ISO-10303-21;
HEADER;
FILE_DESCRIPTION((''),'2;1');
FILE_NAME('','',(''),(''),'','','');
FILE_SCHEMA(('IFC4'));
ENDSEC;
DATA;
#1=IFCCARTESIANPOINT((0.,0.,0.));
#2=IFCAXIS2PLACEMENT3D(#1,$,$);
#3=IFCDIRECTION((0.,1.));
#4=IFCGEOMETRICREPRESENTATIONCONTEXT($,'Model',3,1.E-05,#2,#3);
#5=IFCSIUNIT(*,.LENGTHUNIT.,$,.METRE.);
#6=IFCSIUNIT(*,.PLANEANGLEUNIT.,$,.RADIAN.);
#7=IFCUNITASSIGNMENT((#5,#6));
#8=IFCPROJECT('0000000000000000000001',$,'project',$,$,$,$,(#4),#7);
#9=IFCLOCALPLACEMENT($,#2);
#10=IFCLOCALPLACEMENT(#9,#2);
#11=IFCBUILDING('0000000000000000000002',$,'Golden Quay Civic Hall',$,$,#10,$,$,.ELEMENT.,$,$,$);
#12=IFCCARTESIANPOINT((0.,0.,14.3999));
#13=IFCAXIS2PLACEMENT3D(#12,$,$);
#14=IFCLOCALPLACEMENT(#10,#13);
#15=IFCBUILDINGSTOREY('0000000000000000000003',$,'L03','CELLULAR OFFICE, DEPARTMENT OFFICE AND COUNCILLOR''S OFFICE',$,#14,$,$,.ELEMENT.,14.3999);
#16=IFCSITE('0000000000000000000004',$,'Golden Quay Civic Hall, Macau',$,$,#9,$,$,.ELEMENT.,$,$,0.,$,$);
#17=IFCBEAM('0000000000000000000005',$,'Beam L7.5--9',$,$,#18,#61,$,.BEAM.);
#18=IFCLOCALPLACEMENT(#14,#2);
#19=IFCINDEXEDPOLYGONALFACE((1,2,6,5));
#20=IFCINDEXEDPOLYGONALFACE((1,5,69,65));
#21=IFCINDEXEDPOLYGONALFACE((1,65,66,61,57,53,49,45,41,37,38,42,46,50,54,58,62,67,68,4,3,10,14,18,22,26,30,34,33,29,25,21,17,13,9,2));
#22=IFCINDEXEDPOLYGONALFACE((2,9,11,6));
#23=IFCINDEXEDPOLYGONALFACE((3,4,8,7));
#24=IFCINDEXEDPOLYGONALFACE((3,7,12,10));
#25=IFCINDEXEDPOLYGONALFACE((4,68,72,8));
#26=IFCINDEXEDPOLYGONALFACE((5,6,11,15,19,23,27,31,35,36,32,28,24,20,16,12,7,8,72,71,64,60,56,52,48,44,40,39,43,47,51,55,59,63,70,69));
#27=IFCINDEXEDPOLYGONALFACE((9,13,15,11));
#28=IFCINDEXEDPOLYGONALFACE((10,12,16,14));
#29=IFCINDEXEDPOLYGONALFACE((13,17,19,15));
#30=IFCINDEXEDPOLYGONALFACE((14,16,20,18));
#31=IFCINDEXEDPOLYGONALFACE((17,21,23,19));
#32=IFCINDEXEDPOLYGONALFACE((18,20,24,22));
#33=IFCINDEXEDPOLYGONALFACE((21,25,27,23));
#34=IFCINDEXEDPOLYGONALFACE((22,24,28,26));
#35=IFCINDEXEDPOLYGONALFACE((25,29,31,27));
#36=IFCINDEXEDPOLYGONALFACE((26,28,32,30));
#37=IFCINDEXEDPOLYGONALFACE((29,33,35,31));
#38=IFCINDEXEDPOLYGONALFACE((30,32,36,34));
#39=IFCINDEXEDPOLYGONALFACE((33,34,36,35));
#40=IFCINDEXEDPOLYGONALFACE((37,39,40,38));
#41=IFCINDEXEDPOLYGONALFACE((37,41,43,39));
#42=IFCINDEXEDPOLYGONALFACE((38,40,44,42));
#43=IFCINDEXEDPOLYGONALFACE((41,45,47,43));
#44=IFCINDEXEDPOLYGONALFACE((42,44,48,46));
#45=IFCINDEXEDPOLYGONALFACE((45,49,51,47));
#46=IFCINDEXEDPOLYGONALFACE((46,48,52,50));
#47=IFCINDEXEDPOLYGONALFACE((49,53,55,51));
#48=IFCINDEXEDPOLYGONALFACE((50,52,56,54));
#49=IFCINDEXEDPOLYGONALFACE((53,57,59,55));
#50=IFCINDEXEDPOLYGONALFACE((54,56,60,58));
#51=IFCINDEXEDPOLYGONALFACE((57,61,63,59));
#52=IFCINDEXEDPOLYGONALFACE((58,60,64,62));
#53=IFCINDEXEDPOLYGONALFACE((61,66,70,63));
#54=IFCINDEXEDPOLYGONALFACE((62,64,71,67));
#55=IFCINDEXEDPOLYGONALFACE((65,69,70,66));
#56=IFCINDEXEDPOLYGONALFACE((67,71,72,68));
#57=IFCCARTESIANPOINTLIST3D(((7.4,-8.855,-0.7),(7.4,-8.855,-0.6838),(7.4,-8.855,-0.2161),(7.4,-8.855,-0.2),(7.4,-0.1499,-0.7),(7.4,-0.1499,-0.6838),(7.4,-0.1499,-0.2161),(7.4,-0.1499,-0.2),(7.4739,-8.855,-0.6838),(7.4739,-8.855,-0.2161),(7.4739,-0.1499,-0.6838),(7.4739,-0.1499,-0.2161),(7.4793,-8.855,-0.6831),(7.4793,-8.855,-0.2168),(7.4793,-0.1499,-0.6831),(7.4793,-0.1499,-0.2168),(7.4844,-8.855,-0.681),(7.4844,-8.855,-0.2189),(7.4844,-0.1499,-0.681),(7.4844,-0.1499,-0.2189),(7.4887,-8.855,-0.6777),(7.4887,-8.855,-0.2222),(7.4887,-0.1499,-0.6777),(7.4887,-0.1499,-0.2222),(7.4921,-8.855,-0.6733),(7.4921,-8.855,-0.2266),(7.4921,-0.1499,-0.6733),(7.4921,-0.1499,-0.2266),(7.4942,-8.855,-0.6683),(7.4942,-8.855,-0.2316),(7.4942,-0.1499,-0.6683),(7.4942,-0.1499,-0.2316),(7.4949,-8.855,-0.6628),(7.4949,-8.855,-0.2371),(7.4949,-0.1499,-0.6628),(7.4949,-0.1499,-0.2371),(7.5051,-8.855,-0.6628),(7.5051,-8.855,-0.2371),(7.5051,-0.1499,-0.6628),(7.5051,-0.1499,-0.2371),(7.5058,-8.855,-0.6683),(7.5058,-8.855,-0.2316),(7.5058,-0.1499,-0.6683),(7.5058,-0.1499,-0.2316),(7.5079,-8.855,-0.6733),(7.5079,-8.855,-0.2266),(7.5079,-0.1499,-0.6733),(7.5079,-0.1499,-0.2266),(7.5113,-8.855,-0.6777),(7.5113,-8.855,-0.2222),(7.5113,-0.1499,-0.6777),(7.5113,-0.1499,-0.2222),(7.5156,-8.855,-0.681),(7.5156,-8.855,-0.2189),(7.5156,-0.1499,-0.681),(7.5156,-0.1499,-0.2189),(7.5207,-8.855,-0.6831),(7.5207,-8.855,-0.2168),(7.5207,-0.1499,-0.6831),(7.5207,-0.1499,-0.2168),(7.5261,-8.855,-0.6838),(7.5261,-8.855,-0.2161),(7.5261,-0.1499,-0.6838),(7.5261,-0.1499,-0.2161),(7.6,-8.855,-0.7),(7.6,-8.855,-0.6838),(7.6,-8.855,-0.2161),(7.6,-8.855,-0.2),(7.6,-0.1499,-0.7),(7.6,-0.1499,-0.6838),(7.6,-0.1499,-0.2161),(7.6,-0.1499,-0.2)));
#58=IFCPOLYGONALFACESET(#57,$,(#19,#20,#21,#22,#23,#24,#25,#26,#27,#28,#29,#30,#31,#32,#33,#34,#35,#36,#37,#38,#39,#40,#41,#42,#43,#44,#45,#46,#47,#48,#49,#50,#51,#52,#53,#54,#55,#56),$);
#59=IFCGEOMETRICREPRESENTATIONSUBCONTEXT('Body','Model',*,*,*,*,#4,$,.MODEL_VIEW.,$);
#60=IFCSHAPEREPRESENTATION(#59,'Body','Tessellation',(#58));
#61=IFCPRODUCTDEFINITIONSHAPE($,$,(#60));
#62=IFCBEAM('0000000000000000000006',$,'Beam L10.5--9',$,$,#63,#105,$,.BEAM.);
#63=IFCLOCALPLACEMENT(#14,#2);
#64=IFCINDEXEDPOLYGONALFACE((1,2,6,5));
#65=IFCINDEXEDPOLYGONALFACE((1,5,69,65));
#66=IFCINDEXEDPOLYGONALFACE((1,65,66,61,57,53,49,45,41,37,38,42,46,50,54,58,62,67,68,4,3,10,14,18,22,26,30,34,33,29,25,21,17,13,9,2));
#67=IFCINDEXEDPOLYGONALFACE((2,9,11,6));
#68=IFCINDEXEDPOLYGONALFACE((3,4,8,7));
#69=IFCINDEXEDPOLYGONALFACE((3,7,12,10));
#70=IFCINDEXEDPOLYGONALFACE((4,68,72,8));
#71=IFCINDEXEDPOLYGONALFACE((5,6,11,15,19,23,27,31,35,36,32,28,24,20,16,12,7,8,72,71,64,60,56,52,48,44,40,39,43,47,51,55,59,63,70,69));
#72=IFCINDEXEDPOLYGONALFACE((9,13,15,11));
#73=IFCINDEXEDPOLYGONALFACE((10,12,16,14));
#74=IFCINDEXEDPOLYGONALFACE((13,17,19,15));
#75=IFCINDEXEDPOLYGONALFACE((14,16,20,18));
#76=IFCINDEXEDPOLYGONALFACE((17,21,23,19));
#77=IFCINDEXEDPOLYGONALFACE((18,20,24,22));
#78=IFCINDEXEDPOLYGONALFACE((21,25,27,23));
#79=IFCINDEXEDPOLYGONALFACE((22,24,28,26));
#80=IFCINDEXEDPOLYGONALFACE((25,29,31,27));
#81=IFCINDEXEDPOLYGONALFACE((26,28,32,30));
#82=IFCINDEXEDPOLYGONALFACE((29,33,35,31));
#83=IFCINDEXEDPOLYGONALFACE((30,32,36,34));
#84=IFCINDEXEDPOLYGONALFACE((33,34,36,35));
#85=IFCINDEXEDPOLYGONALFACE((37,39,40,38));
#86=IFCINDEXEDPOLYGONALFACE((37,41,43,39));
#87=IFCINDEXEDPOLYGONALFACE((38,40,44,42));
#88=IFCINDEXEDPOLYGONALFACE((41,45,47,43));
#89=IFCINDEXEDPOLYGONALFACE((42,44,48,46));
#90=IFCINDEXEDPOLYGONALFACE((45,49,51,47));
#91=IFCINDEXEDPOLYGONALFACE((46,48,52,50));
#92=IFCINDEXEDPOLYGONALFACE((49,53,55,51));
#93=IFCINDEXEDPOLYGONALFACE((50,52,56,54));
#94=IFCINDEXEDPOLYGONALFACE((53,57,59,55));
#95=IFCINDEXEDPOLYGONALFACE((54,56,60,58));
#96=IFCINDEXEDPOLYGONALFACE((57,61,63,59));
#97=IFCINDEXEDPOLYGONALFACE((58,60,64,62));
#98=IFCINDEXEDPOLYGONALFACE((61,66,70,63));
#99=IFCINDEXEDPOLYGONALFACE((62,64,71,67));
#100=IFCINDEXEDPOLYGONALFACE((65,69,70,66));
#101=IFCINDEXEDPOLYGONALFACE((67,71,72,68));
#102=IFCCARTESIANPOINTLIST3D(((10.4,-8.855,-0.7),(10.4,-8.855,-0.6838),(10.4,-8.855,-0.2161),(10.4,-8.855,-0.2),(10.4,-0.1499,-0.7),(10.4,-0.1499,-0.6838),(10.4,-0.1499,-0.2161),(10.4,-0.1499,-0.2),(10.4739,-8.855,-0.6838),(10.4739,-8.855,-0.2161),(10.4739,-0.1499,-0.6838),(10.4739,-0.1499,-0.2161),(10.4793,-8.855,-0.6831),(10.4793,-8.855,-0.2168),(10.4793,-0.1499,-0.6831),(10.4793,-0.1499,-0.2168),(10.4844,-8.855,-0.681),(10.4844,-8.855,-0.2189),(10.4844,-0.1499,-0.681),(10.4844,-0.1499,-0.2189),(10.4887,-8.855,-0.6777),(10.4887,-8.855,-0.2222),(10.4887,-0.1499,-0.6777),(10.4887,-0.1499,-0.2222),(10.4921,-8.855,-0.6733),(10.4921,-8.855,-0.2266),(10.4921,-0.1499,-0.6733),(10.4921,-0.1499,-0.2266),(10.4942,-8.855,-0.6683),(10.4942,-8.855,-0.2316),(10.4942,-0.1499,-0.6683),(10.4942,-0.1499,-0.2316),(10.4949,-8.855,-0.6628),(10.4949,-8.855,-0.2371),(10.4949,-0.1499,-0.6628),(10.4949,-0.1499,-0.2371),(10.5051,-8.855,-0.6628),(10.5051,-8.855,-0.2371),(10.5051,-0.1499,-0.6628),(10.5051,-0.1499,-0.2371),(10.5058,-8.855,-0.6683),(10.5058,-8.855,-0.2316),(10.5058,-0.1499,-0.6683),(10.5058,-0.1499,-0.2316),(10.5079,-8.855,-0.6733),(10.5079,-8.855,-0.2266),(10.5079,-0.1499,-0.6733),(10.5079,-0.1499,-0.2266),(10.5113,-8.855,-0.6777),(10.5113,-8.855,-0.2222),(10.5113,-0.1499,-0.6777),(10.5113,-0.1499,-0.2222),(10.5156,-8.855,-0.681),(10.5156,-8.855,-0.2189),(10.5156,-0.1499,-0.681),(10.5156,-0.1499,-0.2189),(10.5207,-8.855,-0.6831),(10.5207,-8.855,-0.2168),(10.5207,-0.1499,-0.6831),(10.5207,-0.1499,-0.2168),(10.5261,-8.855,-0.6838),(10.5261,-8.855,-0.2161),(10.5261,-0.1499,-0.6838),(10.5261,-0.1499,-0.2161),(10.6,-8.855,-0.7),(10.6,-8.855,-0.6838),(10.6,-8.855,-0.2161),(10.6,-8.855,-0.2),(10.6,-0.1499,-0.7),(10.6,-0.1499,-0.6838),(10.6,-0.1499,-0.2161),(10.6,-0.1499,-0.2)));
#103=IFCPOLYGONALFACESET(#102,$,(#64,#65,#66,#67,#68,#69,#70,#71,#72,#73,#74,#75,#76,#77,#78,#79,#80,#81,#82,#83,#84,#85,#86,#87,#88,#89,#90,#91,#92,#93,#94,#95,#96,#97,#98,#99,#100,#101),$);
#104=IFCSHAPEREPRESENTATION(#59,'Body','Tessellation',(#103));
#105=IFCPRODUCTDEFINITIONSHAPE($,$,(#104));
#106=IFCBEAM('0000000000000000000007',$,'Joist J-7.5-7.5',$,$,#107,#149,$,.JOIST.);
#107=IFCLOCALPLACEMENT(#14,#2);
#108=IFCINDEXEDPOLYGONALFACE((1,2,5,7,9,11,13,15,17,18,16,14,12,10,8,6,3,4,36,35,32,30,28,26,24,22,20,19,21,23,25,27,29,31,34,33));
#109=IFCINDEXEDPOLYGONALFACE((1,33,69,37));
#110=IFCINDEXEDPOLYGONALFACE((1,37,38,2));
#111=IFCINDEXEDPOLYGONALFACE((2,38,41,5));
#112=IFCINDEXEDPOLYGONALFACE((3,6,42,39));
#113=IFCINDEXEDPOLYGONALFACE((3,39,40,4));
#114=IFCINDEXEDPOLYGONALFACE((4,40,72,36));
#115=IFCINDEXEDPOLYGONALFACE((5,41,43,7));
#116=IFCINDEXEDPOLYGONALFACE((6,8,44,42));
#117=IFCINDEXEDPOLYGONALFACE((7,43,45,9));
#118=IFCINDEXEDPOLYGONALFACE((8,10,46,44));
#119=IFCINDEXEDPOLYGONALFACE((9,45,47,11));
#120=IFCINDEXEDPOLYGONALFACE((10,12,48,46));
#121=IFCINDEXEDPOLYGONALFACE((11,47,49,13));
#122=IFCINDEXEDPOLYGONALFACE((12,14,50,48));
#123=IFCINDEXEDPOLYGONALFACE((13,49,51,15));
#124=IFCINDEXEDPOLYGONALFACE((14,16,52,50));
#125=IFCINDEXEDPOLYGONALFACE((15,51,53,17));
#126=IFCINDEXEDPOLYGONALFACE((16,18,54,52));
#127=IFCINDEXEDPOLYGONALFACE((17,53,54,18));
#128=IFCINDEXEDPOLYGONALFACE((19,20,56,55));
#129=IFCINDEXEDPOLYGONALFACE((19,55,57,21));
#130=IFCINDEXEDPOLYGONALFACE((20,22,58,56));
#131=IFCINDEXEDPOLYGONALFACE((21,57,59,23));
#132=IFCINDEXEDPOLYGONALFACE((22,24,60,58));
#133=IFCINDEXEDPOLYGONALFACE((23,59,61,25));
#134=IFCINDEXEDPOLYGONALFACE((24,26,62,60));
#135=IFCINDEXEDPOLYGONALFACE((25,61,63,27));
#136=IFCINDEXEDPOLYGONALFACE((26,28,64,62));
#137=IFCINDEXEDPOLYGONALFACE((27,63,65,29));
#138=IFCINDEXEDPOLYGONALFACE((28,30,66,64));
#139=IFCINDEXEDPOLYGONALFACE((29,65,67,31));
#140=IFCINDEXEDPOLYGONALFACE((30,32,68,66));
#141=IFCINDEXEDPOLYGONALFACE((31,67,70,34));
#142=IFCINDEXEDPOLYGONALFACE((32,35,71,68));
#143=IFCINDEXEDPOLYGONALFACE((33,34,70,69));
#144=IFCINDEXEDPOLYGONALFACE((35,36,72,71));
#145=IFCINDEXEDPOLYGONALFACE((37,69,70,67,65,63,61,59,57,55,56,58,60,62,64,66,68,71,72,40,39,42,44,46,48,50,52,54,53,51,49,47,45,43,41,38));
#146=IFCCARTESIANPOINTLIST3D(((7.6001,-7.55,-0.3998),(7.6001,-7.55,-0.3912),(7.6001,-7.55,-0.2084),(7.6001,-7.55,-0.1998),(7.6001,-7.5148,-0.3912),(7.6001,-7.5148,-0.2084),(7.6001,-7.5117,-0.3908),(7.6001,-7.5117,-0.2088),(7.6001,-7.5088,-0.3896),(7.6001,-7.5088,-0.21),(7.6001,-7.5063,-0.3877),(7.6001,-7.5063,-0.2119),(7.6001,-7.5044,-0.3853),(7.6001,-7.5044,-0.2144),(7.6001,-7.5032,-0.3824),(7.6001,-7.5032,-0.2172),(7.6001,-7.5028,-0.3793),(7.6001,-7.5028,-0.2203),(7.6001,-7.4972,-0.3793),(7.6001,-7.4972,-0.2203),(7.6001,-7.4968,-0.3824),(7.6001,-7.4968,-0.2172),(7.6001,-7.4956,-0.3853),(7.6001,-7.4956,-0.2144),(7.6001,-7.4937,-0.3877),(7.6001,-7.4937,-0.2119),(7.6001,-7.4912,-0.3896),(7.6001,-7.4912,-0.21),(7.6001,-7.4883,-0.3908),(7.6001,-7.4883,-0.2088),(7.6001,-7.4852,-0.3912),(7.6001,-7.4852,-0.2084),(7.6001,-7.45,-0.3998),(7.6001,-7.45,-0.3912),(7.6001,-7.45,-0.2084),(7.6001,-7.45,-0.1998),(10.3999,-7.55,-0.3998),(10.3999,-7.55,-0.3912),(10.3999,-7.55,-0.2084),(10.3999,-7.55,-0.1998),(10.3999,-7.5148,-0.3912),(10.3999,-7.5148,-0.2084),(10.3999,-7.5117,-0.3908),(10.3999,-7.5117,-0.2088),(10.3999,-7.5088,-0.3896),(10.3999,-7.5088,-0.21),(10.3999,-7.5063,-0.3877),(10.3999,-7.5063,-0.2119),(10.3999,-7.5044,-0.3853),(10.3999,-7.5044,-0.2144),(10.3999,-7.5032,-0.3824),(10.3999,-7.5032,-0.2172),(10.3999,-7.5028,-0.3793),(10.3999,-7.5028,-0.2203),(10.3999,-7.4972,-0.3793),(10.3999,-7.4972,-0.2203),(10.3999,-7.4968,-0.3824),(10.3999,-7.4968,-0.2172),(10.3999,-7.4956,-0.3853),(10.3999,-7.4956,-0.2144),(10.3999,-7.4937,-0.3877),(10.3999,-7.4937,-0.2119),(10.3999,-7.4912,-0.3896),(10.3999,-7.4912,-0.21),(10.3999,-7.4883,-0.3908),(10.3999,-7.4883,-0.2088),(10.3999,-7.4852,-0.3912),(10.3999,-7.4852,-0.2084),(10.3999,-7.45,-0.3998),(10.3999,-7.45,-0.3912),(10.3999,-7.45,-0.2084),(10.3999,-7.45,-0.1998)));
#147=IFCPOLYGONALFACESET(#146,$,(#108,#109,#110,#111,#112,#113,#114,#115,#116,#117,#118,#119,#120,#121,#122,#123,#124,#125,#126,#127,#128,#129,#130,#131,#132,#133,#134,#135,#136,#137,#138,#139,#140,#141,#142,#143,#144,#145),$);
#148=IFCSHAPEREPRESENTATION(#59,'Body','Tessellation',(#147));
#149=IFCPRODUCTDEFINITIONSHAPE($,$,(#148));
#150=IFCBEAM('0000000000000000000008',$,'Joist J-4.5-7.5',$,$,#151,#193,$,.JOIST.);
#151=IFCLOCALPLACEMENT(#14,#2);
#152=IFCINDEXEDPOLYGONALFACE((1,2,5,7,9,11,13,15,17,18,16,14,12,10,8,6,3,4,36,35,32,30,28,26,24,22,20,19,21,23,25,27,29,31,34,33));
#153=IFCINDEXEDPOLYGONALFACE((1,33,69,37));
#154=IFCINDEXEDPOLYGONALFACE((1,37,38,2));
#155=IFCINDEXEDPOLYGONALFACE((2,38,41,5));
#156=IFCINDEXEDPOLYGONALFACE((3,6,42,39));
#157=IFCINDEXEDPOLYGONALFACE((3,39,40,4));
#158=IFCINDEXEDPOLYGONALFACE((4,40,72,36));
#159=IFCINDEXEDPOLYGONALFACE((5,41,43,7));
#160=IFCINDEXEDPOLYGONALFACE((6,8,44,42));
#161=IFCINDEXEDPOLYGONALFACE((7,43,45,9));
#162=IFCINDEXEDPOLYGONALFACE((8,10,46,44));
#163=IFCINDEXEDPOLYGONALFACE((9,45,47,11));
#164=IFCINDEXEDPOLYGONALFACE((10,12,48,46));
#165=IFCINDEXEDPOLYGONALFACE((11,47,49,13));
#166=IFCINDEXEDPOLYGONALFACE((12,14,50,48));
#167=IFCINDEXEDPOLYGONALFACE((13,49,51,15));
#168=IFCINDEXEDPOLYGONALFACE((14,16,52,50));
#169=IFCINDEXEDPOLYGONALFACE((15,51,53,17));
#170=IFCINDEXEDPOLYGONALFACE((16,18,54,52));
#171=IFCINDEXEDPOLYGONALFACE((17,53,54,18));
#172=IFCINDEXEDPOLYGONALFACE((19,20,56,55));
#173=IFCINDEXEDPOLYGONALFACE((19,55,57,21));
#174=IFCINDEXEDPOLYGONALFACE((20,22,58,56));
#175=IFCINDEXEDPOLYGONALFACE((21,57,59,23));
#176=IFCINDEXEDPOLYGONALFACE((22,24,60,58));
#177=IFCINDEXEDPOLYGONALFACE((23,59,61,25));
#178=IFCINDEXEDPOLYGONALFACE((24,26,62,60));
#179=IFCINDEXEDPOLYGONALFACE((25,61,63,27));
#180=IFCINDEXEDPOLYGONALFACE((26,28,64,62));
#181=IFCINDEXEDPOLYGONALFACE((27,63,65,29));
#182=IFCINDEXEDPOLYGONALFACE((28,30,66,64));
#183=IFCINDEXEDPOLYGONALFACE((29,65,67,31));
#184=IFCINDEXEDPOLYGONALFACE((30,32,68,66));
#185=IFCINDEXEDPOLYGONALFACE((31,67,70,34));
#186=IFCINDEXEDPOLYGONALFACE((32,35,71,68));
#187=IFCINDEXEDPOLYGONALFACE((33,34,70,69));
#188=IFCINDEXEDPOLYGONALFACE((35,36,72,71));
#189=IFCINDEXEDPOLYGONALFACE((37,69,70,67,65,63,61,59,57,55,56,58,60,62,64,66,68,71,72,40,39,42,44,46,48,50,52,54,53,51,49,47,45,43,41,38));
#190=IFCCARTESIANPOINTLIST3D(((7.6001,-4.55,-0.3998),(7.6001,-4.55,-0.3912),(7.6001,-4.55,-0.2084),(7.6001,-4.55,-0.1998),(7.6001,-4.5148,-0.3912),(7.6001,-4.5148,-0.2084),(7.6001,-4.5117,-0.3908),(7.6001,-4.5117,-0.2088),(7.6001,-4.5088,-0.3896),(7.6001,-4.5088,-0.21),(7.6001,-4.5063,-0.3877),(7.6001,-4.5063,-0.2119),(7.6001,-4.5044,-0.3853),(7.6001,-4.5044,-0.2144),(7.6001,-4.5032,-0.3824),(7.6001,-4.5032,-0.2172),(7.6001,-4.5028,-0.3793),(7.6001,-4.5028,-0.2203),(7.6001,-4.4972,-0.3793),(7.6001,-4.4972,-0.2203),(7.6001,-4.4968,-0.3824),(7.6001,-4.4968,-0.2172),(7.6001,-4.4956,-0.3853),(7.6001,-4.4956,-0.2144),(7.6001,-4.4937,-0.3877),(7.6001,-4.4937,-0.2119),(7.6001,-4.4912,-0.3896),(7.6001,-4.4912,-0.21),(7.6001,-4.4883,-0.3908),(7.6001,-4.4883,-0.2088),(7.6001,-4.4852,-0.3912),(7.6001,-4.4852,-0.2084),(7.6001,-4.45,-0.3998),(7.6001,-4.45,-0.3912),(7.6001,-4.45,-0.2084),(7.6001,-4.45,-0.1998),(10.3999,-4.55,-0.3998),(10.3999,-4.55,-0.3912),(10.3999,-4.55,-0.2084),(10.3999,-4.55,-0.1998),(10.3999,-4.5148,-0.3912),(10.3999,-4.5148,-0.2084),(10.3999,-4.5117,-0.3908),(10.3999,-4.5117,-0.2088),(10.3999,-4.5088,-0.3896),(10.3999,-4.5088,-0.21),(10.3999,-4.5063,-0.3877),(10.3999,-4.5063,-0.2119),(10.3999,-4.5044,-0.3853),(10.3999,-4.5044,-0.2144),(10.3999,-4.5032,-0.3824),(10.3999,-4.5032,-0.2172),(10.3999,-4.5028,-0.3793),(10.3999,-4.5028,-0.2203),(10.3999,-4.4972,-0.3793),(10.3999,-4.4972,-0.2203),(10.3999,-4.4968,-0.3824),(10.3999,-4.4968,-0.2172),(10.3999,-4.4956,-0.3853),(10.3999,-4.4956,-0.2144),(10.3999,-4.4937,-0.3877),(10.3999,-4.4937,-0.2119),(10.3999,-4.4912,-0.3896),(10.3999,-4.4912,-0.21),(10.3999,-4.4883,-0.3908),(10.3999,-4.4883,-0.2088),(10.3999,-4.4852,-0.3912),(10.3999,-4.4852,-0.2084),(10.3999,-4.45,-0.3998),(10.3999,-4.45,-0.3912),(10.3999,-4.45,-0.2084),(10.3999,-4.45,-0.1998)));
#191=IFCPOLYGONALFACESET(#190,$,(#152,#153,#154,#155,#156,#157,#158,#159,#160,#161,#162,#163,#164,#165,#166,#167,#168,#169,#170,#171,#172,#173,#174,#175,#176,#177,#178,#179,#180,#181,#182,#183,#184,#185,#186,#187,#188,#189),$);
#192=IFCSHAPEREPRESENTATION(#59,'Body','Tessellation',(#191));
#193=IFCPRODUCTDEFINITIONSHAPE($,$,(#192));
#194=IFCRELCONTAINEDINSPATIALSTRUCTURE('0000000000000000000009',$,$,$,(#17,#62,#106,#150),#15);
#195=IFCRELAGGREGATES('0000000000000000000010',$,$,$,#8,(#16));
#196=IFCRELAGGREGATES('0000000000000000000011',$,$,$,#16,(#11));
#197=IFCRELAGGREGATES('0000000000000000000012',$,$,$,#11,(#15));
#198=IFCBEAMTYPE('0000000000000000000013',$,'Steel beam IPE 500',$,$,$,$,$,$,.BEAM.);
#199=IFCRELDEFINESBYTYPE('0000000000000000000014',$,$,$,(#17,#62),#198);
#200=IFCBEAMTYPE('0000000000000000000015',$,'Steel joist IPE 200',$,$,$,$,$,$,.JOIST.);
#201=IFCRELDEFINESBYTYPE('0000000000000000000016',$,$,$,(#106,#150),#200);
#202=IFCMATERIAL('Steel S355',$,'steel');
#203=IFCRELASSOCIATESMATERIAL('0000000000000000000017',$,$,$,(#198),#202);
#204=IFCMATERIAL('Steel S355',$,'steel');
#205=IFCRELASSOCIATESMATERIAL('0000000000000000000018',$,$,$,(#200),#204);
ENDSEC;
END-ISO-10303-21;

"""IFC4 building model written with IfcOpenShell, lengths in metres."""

from ifc_helpers import new_model, si_unit, direction, frame, origin, origin_2d, place, context, subcontext, project, spatial, i_section, extrude, material, material_profile, profile_set, type_object, element, save


model = new_model("IFC4")

# Units and contexts
model_context = context("Model", 3, precision=1e-05, world=origin(), true_north=direction((0.0, 1.0)))
body_context = subcontext(model_context, "Body", "Model", "MODEL_VIEW")
ifc_project = project(units=[si_unit("LENGTHUNIT", "METRE"), si_unit("PLANEANGLEUNIT", "RADIAN")], contexts=[model_context])

# Site, building, storey
site_placement = place(None, origin())
site = spatial("IfcSite", under=ifc_project, at=site_placement, Name="Golden Quay Civic Hall, Macau", CompositionType="ELEMENT", RefElevation=0.0)
building_placement = place(site_placement, origin())
building = spatial("IfcBuilding", under=site, at=building_placement, Name="Golden Quay Civic Hall", CompositionType="ELEMENT")
storey_placement = place(building_placement, frame((0.0, 0.0, 14.3999)))
storey = spatial("IfcBuildingStorey", under=building, at=storey_placement, Name="L03", Description="CELLULAR OFFICE, DEPARTMENT OFFICE AND COUNCILLOR'S OFFICE", CompositionType="ELEMENT", Elevation=14.3999)

# Beams
ifc_material_1 = material(Name="Steel S355", Category="steel")
ifc_material_profile_1 = material_profile(ifc_material_1, i_section(OverallWidth=0.2, OverallDepth=0.5, WebThickness=0.0103, FlangeThickness=0.0161, FilletRadius=0.021, at=origin_2d()), Name="IPE 500")
ifc_profile_set_1 = profile_set([ifc_material_profile_1], Name="Steel S355")
beam_type_1 = type_object("IfcBeamType", Name="Steel beam IPE 500", PredefinedType="BEAM", material=ifc_profile_set_1)
for number, where, z_axis, x_axis, name in (
    (1, (7.5, -8.855, -0.45), (0.0, 1.0, 0.0), (-1.0, 0.0, 0.0), "Beam L7.5--9"),
    (2, (10.5, -8.855, -0.45), (0.0, 1.0, 0.0), (-1.0, 0.0, 0.0), "Beam L10.5--9"),
):
    element("IfcBeam", number, at=place(storey_placement, frame(where, z_axis=z_axis, x_axis=x_axis)), inside=storey, type_object=beam_type_1, Name=name, PredefinedType="BEAM", context=body_context, shape_type="SweptSolid", body=[
        extrude(i_section(OverallWidth=0.2, OverallDepth=0.5, WebThickness=0.0103, FlangeThickness=0.0161, FilletRadius=0.021, at=origin_2d()), origin(), (0.0, 0.0, 1.0), 8.7051),
    ])
ifc_material_2 = material(Name="Steel S355", Category="steel")
ifc_material_profile_2 = material_profile(ifc_material_2, i_section(OverallWidth=0.1001, OverallDepth=0.2, WebThickness=0.0056, FlangeThickness=0.0085, FilletRadius=0.012, at=origin_2d()), Name="IPE 200")
ifc_profile_set_2 = profile_set([ifc_material_profile_2], Name="Steel S355")
beam_type_2 = type_object("IfcBeamType", Name="Steel joist IPE 200", PredefinedType="JOIST", material=ifc_profile_set_2)
for number, where, z_axis, x_axis, name in (
    (3, (7.6001, -7.5, -0.2998), (1.0, 0.0, 0.0), (0.0, 1.0, 0.0), "Joist J-7.5-7.5"),
    (4, (7.6001, -4.5, -0.2998), (1.0, 0.0, 0.0), (0.0, 1.0, 0.0), "Joist J-4.5-7.5"),
):
    element("IfcBeam", number, at=place(storey_placement, frame(where, z_axis=z_axis, x_axis=x_axis)), inside=storey, type_object=beam_type_2, Name=name, PredefinedType="JOIST", context=body_context, shape_type="SweptSolid", body=[
        extrude(i_section(OverallWidth=0.1001, OverallDepth=0.2, WebThickness=0.0056, FlangeThickness=0.0085, FilletRadius=0.012, at=origin_2d()), origin(), (0.0, 0.0, 1.0), 2.7998),
    ])

save(model, "model.ifc")
